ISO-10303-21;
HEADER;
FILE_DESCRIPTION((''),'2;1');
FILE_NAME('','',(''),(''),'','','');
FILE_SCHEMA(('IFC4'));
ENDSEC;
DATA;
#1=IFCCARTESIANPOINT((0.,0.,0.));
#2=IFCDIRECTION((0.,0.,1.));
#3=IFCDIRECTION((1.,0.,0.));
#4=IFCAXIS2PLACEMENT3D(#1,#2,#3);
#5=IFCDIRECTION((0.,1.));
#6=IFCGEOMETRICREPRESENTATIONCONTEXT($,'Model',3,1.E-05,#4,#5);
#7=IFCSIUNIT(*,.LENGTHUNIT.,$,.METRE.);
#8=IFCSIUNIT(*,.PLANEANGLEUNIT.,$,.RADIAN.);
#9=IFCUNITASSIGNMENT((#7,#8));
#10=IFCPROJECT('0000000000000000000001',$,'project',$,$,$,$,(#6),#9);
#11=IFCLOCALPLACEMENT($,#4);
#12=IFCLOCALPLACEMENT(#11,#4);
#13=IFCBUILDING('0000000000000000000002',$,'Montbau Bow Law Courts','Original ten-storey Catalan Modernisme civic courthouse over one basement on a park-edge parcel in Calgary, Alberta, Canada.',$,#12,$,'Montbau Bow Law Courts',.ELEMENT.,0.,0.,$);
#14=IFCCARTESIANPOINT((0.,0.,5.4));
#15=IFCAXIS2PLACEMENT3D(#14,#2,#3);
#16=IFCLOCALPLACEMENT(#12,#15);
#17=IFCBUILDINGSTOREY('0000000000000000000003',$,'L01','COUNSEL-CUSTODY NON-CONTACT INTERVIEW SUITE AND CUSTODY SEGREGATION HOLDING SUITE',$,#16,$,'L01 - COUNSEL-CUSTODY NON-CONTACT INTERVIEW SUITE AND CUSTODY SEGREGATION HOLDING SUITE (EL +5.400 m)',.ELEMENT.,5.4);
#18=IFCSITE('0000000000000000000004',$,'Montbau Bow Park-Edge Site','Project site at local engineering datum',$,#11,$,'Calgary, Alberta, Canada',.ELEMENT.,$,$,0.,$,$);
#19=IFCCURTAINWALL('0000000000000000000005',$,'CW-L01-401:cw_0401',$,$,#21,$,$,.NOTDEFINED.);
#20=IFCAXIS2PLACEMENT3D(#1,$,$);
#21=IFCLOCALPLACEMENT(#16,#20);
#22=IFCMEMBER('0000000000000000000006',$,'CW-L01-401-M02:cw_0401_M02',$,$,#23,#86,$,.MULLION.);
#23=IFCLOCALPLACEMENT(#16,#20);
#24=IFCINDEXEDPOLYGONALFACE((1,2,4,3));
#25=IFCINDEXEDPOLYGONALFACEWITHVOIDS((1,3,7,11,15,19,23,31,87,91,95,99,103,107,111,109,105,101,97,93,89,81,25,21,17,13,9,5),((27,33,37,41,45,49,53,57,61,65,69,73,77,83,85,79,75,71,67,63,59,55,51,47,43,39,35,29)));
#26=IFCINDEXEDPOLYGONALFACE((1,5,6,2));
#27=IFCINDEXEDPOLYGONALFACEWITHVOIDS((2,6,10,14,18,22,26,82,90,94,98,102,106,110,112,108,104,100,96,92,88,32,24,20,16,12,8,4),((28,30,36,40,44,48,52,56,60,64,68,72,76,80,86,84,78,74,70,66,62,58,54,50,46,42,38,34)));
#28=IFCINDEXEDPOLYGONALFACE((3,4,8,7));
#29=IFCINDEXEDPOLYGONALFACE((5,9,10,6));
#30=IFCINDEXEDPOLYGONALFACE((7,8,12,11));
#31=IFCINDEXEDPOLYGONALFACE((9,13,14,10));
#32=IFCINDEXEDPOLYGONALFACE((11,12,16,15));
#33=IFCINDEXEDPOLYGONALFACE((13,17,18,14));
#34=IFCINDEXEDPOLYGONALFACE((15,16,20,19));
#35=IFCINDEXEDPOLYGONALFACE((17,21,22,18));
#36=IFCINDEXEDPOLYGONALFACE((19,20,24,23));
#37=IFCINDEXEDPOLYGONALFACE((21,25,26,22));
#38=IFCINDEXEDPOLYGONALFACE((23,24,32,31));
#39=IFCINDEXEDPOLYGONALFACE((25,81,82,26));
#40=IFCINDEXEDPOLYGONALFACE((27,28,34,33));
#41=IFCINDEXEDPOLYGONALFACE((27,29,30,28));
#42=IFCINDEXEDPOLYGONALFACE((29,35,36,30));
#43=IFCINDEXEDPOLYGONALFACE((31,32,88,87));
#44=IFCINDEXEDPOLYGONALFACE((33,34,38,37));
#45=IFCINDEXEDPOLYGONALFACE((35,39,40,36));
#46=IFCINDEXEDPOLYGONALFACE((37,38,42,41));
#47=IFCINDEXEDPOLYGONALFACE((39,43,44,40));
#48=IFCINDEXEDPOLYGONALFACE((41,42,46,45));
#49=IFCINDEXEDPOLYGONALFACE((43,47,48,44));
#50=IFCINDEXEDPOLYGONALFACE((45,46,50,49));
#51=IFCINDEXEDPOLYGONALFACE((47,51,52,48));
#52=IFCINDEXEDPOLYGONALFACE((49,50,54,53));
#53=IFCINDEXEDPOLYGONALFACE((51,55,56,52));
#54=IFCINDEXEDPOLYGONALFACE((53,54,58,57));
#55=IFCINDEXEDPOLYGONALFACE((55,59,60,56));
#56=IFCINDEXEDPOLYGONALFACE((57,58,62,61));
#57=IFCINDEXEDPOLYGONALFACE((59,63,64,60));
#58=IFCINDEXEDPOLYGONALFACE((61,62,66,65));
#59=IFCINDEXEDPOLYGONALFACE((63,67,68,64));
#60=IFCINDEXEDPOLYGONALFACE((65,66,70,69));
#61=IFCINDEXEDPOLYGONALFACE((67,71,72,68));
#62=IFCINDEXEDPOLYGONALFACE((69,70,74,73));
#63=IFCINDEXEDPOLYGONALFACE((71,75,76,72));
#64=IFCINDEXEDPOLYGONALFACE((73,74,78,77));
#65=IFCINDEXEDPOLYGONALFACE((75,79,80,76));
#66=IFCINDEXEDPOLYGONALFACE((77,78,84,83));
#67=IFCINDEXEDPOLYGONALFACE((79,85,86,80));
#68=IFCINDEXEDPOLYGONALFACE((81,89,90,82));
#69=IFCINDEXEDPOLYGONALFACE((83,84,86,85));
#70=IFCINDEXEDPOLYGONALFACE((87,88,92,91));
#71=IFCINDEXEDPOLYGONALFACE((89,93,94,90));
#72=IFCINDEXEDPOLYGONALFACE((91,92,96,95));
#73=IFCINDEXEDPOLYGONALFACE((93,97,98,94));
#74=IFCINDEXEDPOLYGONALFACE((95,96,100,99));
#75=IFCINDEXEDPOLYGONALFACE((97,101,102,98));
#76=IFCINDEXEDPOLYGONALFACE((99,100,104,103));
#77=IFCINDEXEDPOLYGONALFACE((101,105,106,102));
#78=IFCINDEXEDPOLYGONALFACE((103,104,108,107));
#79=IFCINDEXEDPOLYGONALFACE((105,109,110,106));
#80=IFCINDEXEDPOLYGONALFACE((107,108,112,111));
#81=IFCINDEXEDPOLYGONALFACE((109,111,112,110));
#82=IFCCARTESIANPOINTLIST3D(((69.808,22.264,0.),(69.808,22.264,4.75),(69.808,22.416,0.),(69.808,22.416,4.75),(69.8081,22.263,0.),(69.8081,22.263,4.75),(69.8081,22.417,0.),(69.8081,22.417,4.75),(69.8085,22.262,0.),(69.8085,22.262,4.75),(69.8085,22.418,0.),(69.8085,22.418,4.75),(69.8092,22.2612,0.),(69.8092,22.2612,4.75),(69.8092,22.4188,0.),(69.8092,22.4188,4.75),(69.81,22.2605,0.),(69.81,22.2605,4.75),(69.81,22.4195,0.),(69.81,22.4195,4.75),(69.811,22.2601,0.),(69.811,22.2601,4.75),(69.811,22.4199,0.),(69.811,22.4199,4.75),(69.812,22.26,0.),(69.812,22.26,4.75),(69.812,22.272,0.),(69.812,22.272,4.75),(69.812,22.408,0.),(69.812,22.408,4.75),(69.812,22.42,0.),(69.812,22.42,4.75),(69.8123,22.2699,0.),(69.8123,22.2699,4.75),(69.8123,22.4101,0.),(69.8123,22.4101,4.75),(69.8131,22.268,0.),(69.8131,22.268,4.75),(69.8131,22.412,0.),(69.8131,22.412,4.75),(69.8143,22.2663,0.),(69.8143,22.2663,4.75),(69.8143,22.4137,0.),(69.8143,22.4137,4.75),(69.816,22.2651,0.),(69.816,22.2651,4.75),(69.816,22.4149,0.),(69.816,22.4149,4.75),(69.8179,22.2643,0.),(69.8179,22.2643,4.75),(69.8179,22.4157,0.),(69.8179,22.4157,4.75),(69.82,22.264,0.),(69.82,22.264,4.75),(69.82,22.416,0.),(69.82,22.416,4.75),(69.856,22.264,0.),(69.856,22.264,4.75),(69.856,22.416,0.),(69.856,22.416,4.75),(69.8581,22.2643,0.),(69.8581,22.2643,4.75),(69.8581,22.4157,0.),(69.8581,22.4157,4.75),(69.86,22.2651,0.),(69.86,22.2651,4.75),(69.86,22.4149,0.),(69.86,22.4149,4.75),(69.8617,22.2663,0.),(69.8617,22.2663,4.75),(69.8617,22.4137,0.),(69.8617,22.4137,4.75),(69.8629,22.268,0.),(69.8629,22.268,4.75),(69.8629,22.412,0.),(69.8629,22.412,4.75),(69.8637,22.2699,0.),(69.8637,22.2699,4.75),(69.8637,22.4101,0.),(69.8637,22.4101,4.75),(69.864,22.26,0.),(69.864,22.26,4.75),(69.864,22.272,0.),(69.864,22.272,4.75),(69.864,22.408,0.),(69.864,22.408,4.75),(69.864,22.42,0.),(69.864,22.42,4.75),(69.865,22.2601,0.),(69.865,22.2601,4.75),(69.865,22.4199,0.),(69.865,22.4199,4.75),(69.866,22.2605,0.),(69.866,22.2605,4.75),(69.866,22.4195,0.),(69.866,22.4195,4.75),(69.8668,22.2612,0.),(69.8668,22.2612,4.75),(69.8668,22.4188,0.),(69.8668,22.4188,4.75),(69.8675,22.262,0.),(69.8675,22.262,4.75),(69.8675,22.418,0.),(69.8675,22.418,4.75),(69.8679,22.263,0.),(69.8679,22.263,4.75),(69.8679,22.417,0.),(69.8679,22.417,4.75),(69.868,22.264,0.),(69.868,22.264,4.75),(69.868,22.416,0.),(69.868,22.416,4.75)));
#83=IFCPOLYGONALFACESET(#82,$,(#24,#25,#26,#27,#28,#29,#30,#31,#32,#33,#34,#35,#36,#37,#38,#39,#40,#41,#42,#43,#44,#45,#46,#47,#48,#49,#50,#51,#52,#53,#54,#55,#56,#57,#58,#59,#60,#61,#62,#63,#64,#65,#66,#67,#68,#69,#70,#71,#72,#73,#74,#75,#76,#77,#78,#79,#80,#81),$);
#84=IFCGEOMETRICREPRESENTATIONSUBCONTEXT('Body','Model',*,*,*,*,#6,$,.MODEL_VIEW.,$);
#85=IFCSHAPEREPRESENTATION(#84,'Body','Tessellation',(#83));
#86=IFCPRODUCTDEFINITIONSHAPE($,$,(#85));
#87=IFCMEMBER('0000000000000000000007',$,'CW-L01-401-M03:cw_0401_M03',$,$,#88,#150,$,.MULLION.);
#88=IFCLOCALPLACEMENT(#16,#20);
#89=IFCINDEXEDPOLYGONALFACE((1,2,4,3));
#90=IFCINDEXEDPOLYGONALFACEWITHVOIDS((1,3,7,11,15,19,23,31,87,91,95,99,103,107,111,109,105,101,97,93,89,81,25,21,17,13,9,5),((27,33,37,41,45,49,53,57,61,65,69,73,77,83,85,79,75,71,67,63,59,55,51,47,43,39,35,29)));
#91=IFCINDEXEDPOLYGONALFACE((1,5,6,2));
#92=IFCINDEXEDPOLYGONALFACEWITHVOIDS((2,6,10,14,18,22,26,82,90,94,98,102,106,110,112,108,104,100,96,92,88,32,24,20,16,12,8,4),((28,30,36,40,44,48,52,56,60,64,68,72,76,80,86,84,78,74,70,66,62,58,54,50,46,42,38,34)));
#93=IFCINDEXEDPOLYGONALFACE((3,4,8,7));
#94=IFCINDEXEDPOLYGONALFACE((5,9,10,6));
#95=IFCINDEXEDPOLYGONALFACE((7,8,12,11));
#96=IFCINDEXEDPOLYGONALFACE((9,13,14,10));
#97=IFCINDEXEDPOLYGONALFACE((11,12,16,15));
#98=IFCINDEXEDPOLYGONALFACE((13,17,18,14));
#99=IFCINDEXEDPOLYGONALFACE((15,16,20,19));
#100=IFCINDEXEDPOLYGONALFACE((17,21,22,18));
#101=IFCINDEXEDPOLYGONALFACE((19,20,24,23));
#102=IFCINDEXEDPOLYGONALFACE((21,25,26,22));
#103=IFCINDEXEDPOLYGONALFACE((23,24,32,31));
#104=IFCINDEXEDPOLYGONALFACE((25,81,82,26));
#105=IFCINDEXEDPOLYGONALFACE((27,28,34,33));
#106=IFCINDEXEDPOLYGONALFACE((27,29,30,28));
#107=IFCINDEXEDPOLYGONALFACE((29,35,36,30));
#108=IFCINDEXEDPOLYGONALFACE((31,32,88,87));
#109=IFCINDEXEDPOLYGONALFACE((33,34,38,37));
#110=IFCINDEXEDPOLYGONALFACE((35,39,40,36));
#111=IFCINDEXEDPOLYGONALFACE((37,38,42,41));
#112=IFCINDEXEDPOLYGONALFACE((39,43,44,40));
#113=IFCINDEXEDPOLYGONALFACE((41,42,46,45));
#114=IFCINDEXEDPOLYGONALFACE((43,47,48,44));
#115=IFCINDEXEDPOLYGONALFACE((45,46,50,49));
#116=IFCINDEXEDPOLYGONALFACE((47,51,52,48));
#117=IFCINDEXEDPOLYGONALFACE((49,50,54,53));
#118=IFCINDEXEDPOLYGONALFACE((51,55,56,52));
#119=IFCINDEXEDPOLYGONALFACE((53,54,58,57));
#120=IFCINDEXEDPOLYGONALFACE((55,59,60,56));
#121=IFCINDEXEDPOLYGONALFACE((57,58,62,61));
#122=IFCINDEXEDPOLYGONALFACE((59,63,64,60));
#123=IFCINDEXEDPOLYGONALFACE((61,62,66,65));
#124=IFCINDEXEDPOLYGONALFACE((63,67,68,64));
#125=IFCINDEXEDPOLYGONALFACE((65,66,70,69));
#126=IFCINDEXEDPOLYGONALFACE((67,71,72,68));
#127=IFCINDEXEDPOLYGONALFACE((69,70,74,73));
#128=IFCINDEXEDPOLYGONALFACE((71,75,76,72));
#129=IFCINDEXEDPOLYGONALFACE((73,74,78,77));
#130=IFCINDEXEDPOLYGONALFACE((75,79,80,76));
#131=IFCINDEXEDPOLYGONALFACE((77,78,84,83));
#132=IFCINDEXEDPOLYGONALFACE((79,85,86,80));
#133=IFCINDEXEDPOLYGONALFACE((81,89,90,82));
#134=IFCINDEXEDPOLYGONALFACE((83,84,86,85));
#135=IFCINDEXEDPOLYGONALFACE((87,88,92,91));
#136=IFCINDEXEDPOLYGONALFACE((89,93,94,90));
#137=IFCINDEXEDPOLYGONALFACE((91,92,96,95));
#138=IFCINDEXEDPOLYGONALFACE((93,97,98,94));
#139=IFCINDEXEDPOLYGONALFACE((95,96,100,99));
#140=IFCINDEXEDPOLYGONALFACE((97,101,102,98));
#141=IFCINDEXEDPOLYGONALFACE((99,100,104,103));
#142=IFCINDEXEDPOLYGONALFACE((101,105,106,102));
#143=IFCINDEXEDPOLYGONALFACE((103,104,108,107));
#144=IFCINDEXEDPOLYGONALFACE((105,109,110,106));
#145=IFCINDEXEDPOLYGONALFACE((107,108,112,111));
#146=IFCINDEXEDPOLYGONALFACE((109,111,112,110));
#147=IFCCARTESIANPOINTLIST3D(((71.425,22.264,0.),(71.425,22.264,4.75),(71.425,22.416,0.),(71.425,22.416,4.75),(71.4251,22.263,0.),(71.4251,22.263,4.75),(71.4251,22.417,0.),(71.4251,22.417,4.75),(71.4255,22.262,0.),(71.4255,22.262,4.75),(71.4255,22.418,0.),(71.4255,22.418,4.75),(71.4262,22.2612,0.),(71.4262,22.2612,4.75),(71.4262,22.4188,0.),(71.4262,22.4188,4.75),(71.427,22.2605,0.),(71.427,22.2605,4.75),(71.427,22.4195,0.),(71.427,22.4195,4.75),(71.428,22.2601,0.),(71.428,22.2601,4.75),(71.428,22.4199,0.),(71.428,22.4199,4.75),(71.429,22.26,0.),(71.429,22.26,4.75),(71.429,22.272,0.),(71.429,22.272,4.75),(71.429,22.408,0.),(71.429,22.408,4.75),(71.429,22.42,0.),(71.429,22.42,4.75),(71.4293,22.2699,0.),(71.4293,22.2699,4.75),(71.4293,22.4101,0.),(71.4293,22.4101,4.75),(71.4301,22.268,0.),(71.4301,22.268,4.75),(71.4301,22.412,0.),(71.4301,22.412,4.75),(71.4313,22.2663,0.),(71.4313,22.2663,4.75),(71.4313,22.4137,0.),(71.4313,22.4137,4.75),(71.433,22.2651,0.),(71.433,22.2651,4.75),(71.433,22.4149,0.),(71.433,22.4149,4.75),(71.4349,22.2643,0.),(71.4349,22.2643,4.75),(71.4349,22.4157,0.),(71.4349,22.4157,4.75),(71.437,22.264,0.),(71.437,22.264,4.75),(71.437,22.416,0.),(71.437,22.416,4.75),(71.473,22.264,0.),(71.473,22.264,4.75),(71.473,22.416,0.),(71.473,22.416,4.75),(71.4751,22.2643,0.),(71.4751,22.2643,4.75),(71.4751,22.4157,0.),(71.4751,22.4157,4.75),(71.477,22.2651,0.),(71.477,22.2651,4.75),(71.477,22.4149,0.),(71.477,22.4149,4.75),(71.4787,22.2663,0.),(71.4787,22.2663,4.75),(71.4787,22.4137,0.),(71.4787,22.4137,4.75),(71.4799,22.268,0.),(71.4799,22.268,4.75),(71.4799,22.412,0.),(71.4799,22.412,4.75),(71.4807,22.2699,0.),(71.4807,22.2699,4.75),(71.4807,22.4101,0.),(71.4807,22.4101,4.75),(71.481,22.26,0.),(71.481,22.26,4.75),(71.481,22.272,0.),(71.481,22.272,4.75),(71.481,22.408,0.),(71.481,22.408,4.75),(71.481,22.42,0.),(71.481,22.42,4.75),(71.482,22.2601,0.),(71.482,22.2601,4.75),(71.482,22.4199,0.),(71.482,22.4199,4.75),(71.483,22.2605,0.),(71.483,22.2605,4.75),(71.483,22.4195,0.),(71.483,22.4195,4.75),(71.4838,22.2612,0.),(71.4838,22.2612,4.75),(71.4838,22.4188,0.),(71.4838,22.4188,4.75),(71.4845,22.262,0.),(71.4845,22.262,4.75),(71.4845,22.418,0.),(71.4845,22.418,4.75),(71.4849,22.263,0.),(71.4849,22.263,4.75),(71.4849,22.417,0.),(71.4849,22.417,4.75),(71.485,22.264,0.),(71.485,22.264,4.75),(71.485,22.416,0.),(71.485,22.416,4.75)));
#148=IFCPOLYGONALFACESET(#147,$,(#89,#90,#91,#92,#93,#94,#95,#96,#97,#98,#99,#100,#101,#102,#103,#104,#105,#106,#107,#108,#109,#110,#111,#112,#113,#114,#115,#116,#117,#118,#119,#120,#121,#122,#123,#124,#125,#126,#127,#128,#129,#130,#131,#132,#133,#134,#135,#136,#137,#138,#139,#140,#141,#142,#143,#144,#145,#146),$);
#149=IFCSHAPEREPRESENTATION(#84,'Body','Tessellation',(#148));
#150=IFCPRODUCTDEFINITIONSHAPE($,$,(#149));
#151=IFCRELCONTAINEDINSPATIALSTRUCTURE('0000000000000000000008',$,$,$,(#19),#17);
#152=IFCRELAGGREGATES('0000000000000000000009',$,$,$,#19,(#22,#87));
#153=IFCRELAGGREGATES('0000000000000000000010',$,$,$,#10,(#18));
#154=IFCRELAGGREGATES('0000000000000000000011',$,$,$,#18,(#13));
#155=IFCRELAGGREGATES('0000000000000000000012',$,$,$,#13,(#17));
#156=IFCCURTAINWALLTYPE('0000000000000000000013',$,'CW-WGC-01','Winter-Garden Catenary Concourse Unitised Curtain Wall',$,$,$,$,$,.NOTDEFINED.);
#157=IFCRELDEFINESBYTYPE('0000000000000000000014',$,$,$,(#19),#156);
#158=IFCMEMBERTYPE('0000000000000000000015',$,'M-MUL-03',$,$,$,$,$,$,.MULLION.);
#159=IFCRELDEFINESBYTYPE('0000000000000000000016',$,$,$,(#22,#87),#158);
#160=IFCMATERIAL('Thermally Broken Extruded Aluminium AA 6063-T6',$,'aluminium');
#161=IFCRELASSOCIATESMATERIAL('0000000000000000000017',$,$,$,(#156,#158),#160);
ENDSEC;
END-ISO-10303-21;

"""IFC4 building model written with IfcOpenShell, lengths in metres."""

from ifc_helpers import new_model, si_unit, direction, frame, origin_with_axes, origin_2d_with_axis, place, context, subcontext, project, spatial, hollow_rectangle, extrude, material, material_profile, profile_set, type_object, element, aggregate, save


model = new_model("IFC4")

# Units and contexts
model_context = context("Model", 3, precision=1e-05, world=origin_with_axes(), true_north=direction((0.0, 1.0)))
body_context = subcontext(model_context, "Body", "Model", "MODEL_VIEW")
ifc_project = project(units=[si_unit("LENGTHUNIT", "METRE"), si_unit("PLANEANGLEUNIT", "RADIAN")], contexts=[model_context])

# Site, building, storey
site_placement = place(None, origin_with_axes())
site = spatial("IfcSite", under=ifc_project, at=site_placement, Name="Montbau Bow Park-Edge Site", Description="Project site at local engineering datum", LongName="Calgary, Alberta, Canada", CompositionType="ELEMENT", RefElevation=0.0)
building_placement = place(site_placement, origin_with_axes())
building = spatial("IfcBuilding", under=site, at=building_placement, Name="Montbau Bow Law Courts", Description="Original ten-storey Catalan Modernisme civic courthouse over one basement on a park-edge parcel in Calgary, Alberta, Canada.", LongName="Montbau Bow Law Courts", CompositionType="ELEMENT", ElevationOfRefHeight=0.0, ElevationOfTerrain=0.0)
storey_placement = place(building_placement, frame((0.0, 0.0, 5.4), z_axis=(0.0, 0.0, 1.0), x_axis=(1.0, 0.0, 0.0)))
storey = spatial("IfcBuildingStorey", under=building, at=storey_placement, Name="L01", Description="COUNSEL-CUSTODY NON-CONTACT INTERVIEW SUITE AND CUSTODY SEGREGATION HOLDING SUITE", LongName="L01 - COUNSEL-CUSTODY NON-CONTACT INTERVIEW SUITE AND CUSTODY SEGREGATION HOLDING SUITE (EL +5.400 m)", CompositionType="ELEMENT", Elevation=5.4)

# Shared definitions
ifc_material_1 = material(Name="Thermally Broken Extruded Aluminium AA 6063-T6", Category="aluminium")
curtain_wall_type = type_object("IfcCurtainWallType", Name="CW-WGC-01", Description="Winter-Garden Catenary Concourse Unitised Curtain Wall", PredefinedType="NOTDEFINED", material=ifc_material_1)

# Curtain wall, members
curtain_wall_1_placement = place(None, frame((68.19, 22.34, 5.4), z_axis=(0.0, 0.0, 1.0), x_axis=(1.0, 0.0, 0.0)))
curtain_wall_1 = element("IfcCurtainWall", 1, at=curtain_wall_1_placement, inside=storey, type_object=curtain_wall_type, Name="CW-L01-401:cw_0401", PredefinedType="NOTDEFINED")
ifc_material_profile_1 = material_profile(ifc_material_1, hollow_rectangle(XDim=0.06, YDim=0.16, WallThickness=0.004, InnerFilletRadius=0.008, OuterFilletRadius=0.004, at=origin_2d_with_axis()), Name="CWM-160X60", Category="Main", Priority=0)
ifc_profile_set_1 = profile_set([ifc_material_profile_1], Name="Thermally Broken Extruded Aluminium AA 6063-T6")
member_type_1 = type_object("IfcMemberType", Name="M-MUL-03", PredefinedType="MULLION", material=ifc_profile_set_1)
member_1_placement = place(None, frame((69.838, 22.34, 5.4), z_axis=(0.0, 0.0, 1.0), x_axis=(1.0, 0.0, 0.0)))
member_1 = element("IfcMember", 2, at=member_1_placement, type_object=member_type_1, Name="CW-L01-401-M02:cw_0401_M02", PredefinedType="MULLION", context=body_context, shape_type="SweptSolid", body=[
    extrude(hollow_rectangle(XDim=0.06, YDim=0.16, WallThickness=0.004, InnerFilletRadius=0.008, OuterFilletRadius=0.004, at=origin_2d_with_axis()), origin_with_axes(), (0.0, 0.0, 1.0), 4.75),
])
member_2_placement = place(None, frame((71.455, 22.34, 5.4), z_axis=(0.0, 0.0, 1.0), x_axis=(1.0, 0.0, 0.0)))
member_2 = element("IfcMember", 3, at=member_2_placement, type_object=member_type_1, Name="CW-L01-401-M03:cw_0401_M03", PredefinedType="MULLION", context=body_context, shape_type="SweptSolid", body=[
    extrude(hollow_rectangle(XDim=0.06, YDim=0.16, WallThickness=0.004, InnerFilletRadius=0.008, OuterFilletRadius=0.004, at=origin_2d_with_axis()), origin_with_axes(), (0.0, 0.0, 1.0), 4.75),
])

aggregate(curtain_wall_1, [member_1, member_2])

save(model, "model.ifc")
